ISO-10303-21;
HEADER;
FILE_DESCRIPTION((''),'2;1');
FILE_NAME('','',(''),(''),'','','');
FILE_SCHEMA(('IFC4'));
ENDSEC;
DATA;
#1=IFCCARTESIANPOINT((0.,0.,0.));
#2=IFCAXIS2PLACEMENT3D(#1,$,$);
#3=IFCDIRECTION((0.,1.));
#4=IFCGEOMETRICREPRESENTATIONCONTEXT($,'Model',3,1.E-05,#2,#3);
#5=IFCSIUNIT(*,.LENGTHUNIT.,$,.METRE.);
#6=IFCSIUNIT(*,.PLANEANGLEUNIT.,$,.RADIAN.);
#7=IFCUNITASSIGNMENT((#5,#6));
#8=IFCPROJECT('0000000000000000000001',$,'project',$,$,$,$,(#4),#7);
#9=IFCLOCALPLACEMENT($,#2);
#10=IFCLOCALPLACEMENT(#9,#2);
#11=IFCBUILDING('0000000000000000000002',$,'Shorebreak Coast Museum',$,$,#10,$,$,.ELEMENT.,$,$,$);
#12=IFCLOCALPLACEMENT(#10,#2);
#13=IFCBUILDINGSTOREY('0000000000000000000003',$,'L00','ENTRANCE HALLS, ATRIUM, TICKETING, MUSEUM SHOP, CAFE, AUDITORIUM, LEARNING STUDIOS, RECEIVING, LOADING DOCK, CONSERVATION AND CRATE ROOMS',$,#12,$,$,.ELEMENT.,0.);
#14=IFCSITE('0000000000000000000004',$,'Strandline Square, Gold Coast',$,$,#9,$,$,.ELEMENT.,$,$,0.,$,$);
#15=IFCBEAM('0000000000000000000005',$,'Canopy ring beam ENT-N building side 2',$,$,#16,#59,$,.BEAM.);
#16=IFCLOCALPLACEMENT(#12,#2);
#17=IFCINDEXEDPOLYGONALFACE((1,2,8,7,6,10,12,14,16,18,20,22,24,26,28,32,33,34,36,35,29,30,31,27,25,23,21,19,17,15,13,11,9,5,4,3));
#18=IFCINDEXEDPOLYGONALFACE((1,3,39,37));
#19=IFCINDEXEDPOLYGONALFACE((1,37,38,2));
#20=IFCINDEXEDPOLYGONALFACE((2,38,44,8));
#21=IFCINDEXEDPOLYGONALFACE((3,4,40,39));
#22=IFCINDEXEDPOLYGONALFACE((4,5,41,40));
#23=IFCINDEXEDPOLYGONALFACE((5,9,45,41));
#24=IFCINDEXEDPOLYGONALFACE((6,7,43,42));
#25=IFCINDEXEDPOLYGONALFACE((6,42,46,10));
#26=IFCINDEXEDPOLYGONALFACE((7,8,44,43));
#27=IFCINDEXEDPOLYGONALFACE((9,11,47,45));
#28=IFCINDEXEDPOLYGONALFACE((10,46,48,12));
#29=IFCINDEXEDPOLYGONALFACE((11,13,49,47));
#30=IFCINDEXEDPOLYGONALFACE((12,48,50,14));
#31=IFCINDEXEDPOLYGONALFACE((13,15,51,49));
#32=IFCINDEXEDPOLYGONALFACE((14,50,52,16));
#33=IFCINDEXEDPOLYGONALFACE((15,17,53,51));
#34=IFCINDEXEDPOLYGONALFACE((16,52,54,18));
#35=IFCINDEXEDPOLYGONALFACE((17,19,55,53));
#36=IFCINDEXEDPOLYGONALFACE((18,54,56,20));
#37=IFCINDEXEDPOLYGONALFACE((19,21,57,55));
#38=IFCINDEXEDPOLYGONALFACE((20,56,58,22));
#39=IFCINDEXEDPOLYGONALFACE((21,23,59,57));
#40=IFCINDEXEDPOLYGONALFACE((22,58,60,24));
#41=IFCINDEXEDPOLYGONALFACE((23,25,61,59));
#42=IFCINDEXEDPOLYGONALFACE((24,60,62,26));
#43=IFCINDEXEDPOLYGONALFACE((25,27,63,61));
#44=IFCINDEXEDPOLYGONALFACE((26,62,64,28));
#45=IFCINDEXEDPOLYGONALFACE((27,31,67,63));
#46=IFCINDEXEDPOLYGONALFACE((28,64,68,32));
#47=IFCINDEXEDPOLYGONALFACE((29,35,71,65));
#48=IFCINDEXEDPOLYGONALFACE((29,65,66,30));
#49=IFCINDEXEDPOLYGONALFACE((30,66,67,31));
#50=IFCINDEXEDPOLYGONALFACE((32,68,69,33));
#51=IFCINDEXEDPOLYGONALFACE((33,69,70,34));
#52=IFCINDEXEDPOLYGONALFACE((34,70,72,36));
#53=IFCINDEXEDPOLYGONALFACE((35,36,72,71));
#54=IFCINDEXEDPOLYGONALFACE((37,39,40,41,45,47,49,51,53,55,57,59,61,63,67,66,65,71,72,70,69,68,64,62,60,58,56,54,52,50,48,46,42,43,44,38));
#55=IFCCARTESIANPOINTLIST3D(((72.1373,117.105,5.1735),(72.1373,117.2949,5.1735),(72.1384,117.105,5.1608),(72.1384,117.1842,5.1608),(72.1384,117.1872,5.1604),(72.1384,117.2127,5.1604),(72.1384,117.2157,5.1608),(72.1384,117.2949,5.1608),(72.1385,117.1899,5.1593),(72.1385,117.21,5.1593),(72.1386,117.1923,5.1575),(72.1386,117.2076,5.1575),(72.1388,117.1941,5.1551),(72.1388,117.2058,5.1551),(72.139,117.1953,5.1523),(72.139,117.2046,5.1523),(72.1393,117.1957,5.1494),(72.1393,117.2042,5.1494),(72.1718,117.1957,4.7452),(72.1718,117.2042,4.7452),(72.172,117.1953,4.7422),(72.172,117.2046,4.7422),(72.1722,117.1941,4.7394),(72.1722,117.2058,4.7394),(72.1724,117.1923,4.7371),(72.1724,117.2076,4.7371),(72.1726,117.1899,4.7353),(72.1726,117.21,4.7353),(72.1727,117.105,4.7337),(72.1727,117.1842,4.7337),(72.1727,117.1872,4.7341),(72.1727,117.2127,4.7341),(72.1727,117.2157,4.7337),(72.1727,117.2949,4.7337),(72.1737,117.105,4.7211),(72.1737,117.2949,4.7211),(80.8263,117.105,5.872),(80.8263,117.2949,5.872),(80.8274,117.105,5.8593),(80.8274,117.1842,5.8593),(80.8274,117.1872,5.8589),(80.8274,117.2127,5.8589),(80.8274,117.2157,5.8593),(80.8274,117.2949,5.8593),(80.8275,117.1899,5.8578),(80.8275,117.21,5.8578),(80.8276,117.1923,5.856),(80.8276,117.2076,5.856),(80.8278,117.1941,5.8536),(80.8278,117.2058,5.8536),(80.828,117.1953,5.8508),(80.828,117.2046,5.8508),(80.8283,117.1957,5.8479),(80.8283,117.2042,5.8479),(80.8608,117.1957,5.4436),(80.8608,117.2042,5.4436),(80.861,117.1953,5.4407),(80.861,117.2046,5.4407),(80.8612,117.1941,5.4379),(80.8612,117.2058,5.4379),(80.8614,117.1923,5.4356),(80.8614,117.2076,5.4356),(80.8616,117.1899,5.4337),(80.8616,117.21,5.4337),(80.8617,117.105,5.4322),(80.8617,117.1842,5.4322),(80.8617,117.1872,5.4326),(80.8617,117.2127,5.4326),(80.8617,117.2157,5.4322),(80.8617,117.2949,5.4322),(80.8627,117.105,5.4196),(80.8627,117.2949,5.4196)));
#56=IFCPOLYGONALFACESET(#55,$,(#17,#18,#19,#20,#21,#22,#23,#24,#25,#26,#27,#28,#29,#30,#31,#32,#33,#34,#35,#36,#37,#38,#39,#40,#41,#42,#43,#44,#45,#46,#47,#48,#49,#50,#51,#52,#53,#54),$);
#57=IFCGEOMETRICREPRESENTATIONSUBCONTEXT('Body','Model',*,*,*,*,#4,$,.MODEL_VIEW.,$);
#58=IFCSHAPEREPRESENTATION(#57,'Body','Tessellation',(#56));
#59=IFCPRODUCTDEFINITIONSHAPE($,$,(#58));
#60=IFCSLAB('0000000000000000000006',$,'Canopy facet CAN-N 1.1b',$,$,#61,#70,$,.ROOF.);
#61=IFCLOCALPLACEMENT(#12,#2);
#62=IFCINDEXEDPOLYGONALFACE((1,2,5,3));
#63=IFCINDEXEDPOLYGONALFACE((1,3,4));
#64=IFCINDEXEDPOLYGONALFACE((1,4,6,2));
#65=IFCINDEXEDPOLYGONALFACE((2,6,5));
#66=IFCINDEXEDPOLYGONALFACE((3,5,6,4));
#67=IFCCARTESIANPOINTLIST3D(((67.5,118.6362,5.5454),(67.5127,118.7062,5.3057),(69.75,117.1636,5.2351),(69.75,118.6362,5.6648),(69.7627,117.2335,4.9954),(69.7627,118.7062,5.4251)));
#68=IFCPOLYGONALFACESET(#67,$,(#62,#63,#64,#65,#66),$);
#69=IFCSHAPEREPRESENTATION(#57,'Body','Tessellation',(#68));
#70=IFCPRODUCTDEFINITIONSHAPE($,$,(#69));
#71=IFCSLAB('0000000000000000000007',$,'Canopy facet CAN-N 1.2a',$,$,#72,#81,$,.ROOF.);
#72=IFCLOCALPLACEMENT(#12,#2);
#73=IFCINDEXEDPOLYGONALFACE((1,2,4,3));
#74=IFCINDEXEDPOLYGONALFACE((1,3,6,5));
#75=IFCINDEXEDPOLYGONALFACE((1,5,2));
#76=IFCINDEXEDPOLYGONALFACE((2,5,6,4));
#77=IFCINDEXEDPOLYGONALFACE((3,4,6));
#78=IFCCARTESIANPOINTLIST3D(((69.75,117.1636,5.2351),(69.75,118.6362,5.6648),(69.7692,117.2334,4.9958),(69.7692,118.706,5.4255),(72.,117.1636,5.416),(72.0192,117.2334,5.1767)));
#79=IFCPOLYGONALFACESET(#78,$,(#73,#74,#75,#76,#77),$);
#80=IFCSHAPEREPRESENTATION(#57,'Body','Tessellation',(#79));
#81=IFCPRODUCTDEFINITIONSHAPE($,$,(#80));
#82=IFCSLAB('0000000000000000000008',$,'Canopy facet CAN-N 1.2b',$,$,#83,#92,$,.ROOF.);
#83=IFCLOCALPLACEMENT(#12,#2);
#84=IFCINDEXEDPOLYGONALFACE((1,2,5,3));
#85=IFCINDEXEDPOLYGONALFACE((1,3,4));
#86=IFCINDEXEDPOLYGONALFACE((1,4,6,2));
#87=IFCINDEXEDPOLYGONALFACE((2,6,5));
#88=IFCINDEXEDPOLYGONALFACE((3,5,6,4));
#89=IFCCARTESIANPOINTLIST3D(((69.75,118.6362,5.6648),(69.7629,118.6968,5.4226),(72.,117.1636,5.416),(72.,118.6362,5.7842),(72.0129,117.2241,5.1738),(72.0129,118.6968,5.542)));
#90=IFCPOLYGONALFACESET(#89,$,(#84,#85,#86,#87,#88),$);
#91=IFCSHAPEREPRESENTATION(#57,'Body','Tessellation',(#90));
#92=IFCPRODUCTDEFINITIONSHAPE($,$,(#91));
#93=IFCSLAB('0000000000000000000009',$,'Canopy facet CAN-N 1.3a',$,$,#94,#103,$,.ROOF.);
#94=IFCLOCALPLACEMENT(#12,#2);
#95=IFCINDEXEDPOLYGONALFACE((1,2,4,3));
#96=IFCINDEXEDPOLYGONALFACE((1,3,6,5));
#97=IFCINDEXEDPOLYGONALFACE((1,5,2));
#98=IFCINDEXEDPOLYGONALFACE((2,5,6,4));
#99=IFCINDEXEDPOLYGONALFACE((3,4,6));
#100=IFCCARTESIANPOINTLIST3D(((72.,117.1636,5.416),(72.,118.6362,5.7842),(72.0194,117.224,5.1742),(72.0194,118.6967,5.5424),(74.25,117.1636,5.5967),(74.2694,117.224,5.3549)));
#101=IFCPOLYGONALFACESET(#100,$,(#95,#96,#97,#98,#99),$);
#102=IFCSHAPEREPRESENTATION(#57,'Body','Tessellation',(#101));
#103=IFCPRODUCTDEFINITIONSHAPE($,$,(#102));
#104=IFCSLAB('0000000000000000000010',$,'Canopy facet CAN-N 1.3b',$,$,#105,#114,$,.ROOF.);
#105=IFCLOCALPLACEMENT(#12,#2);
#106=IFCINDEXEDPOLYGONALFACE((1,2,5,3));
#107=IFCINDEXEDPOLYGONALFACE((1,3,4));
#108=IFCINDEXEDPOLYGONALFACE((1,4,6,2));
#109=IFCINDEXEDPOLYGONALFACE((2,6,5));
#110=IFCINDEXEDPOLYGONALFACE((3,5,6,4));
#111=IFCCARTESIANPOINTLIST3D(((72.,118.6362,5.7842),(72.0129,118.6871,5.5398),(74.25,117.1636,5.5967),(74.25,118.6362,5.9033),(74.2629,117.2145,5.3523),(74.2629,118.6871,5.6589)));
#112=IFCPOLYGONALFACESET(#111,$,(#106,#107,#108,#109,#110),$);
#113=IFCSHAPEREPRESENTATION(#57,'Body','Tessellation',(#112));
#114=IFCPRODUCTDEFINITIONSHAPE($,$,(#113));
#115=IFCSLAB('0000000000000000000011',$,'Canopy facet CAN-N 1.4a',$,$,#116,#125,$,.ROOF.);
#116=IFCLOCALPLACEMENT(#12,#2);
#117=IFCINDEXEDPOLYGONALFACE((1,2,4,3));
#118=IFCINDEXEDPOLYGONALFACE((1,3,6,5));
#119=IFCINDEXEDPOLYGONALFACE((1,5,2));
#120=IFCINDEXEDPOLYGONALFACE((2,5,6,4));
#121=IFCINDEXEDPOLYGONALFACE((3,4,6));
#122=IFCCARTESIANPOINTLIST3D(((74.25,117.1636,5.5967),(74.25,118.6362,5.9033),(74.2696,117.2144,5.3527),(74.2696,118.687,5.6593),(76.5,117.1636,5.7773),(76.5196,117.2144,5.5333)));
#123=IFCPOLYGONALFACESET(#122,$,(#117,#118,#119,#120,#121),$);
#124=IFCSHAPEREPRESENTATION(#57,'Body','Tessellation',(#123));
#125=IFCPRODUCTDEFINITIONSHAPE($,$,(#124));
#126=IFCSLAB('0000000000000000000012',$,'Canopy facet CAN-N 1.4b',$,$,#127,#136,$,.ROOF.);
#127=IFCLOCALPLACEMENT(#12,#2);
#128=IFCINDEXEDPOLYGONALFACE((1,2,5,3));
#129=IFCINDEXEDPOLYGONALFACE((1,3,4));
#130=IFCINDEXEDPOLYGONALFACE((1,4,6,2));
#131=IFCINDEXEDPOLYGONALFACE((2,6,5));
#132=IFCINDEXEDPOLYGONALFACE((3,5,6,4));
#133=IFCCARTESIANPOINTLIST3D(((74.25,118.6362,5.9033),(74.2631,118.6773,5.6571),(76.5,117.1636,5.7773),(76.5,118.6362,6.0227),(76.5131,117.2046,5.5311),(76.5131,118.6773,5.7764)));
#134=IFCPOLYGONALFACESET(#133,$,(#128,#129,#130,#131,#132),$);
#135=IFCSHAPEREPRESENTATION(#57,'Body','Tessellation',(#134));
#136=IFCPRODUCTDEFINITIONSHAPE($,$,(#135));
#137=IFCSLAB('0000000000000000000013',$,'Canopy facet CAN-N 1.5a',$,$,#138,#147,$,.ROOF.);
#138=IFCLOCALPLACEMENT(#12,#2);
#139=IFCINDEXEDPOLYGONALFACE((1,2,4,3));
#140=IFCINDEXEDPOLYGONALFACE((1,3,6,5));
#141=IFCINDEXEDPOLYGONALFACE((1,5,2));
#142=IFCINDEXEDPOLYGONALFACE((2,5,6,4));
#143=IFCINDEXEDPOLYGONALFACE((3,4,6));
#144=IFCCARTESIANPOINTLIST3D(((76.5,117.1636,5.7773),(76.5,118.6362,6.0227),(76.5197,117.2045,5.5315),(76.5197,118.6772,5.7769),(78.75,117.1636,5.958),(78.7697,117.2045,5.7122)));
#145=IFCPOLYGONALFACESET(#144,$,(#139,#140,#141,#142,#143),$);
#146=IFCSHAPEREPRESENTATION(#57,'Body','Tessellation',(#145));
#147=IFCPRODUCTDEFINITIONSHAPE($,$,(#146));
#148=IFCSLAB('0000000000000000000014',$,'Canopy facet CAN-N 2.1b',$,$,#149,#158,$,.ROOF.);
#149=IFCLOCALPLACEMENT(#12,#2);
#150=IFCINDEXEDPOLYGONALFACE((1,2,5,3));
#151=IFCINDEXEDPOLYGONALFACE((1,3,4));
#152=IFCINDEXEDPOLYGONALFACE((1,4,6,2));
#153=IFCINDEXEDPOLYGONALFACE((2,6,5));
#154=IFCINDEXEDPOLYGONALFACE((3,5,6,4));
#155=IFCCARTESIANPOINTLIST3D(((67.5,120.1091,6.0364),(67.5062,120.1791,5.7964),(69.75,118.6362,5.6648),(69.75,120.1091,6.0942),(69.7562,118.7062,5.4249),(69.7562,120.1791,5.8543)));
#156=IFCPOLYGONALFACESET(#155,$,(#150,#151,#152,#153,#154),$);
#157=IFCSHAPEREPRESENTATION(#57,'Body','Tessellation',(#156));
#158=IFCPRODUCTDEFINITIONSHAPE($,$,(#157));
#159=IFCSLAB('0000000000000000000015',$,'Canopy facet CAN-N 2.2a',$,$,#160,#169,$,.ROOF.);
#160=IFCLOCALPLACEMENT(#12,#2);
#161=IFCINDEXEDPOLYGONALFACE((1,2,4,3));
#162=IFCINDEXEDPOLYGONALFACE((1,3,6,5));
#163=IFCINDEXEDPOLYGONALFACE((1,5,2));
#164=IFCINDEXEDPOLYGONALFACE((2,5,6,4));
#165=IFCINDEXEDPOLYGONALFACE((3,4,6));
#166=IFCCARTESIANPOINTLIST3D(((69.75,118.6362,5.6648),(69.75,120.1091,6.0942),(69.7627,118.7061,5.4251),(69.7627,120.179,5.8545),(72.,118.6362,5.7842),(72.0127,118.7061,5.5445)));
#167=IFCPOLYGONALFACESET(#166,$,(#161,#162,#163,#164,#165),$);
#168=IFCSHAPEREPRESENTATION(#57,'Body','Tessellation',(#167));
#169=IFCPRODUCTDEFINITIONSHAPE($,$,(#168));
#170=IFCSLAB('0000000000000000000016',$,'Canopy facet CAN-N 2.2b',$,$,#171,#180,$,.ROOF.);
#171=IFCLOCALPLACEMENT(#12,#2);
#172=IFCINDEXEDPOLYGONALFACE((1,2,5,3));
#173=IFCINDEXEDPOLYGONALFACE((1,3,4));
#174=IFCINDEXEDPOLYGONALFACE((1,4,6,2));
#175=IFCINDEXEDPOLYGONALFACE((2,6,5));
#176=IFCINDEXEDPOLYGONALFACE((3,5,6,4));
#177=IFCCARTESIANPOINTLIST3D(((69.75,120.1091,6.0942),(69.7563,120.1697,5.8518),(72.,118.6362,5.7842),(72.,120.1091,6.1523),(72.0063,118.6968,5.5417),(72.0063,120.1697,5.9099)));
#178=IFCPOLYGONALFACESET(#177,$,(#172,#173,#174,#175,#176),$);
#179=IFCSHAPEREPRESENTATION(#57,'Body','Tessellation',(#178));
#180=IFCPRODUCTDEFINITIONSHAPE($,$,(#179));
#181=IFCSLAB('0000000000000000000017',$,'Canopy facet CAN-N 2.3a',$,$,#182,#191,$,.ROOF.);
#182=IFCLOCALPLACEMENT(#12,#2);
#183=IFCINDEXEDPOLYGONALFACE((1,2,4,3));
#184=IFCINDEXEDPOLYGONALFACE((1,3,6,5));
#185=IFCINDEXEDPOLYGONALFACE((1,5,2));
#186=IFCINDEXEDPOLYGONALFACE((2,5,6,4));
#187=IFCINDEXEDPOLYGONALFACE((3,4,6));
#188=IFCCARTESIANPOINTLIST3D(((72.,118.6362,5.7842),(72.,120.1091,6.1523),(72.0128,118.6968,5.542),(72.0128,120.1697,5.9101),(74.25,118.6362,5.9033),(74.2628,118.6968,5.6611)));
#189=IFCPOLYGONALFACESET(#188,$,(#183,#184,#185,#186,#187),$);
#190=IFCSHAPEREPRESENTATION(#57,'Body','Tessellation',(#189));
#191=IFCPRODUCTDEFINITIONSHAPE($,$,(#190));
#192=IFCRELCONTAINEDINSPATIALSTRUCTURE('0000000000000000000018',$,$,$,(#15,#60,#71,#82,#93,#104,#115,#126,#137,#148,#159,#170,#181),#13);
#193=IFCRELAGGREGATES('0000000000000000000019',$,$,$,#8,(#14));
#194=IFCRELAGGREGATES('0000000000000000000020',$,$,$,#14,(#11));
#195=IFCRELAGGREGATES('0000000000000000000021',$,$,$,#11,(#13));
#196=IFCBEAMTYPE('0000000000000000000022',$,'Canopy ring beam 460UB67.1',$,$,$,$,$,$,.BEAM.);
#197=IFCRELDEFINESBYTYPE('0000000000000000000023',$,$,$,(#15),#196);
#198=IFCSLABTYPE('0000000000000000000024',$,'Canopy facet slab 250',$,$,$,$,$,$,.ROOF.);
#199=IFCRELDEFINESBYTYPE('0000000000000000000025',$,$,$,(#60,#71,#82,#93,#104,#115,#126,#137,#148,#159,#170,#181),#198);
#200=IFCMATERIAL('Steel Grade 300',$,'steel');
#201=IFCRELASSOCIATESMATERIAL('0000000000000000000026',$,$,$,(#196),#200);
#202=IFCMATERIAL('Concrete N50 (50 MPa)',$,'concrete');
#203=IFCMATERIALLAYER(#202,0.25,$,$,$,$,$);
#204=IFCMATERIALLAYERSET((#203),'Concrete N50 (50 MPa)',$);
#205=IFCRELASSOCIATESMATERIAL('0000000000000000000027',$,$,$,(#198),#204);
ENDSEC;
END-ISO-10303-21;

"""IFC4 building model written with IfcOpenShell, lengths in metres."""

from ifc_helpers import new_model, si_unit, direction, frame, origin, origin_2d, place, context, subcontext, project, spatial, polyline, i_section, outline, extrude, material, layer, layer_set, material_profile, profile_set, type_object, element, save


model = new_model("IFC4")

# Units and contexts
model_context = context("Model", 3, precision=1e-05, world=origin(), true_north=direction((0.0, 1.0)))
body_context = subcontext(model_context, "Body", "Model", "MODEL_VIEW")
ifc_project = project(units=[si_unit("LENGTHUNIT", "METRE"), si_unit("PLANEANGLEUNIT", "RADIAN")], contexts=[model_context])

# Site, building, storey
site_placement = place(None, origin())
site = spatial("IfcSite", under=ifc_project, at=site_placement, Name="Strandline Square, Gold Coast", CompositionType="ELEMENT", RefElevation=0.0)
building_placement = place(site_placement, origin())
building = spatial("IfcBuilding", under=site, at=building_placement, Name="Shorebreak Coast Museum", CompositionType="ELEMENT")
storey_placement = place(building_placement, origin())
storey = spatial("IfcBuildingStorey", under=building, at=storey_placement, Name="L00", Description="ENTRANCE HALLS, ATRIUM, TICKETING, MUSEUM SHOP, CAFE, AUDITORIUM, LEARNING STUDIOS, RECEIVING, LOADING DOCK, CONSERVATION AND CRATE ROOMS", CompositionType="ELEMENT", Elevation=0.0)

# Beam
ifc_material_1 = material(Name="Steel Grade 300", Category="steel")
ifc_material_profile_1 = material_profile(ifc_material_1, i_section(OverallWidth=0.1899, OverallDepth=0.4539, WebThickness=0.0085, FlangeThickness=0.0127, FilletRadius=0.0115, at=origin_2d()), Name="460UB67.1")
ifc_profile_set_1 = profile_set([ifc_material_profile_1], Name="Steel Grade 300")
beam_type_1 = type_object("IfcBeamType", Name="Canopy ring beam 460UB67.1", PredefinedType="BEAM", material=ifc_profile_set_1)
beam_1_placement = place(storey_placement, frame((72.1555, 117.2, 4.9473), z_axis=(0.996784, 0.0, 0.080129), x_axis=(0.0, 1.0, 0.0)))
element("IfcBeam", 1, at=beam_1_placement, inside=storey, type_object=beam_type_1, Name="Canopy ring beam ENT-N building side 2", PredefinedType="BEAM", context=body_context, shape_type="SweptSolid", body=[
    extrude(i_section(OverallWidth=0.1899, OverallDepth=0.4539, WebThickness=0.0085, FlangeThickness=0.0127, FilletRadius=0.0115, at=origin_2d()), origin(), (0.0, 0.0, 1.0), 8.717),
])

# Slabs
ifc_material_2 = material(Name="Concrete N50 (50 MPa)", Category="concrete")
ifc_layer_1 = layer(ifc_material_2, 0.25)
ifc_layer_set_1 = layer_set([ifc_layer_1], Name="Concrete N50 (50 MPa)")
slab_type = type_object("IfcSlabType", Name="Canopy facet slab 250", PredefinedType="ROOF", material=ifc_layer_set_1)
slab_1_placement = place(storey_placement, frame((69.75, 117.1636, 5.2351), z_axis=(-0.05087, -0.279735, 0.958729), x_axis=(0.0, 0.959971, 0.280098)))
element("IfcSlab", 2, at=slab_1_placement, inside=storey, type_object=slab_type, Name="Canopy facet CAN-N 1.1b", PredefinedType="ROOF", context=body_context, shape_type="SweptSolid", body=[
    extrude(outline(polyline([(0.0, 0.0), (1.5341, 0.0), (1.5006, 2.2529), (0.0, 0.0)])), origin(), (0.0, 0.0, -1.0), 0.25),
])
slab_2_placement = place(storey_placement, frame((69.75, 117.1636, 5.2351), z_axis=(-0.076956, -0.279267, 0.957125), x_axis=(0.996783, 0.0, 0.080145)))
element("IfcSlab", 3, at=slab_2_placement, inside=storey, type_object=slab_type, Name="Canopy facet CAN-N 1.2a", PredefinedType="ROOF", context=body_context, shape_type="SweptSolid", body=[
    extrude(outline(polyline([(0.0, 0.0), (2.2573, 0.0), (0.0344, 1.5337), (0.0, 0.0)])), origin(), (0.0, 0.0, -1.0), 0.25),
])
slab_3_placement = place(storey_placement, frame((72.0, 117.1636, 5.416), z_axis=(-0.051408, -0.242215, 0.96886), x_axis=(0.0, 0.970143, 0.242536)))
element("IfcSlab", 4, at=slab_3_placement, inside=storey, type_object=slab_type, Name="Canopy facet CAN-N 1.2b", PredefinedType="ROOF", context=body_context, shape_type="SweptSolid", body=[
    extrude(outline(polyline([(0.0, 0.0), (1.518, 0.0), (1.489, 2.253), (0.0, 0.0)])), origin(), (0.0, 0.0, -1.0), 0.25),
])
slab_4_placement = place(storey_placement, frame((72.0, 117.1636, 5.416), z_axis=(-0.077662, -0.241803, 0.967212), x_axis=(0.996792, 0.0, 0.080038)))
element("IfcSlab", 5, at=slab_4_placement, inside=storey, type_object=slab_type, Name="Canopy facet CAN-N 1.3a", PredefinedType="ROOF", context=body_context, shape_type="SweptSolid", body=[
    extrude(outline(polyline([(0.0, 0.0), (2.2572, 0.0), (0.0295, 1.5177), (0.0, 0.0)])), origin(), (0.0, 0.0, -1.0), 0.25),
])
slab_5_placement = place(storey_placement, frame((74.25, 117.1636, 5.5967), z_axis=(-0.05177, -0.203577, 0.977689), x_axis=(0.0, 0.979002, 0.203851)))
element("IfcSlab", 6, at=slab_5_placement, inside=storey, type_object=slab_type, Name="Canopy facet CAN-N 1.3b", PredefinedType="ROOF", context=body_context, shape_type="SweptSolid", body=[
    extrude(outline(polyline([(0.0, 0.0), (1.5042, 0.0), (1.48, 2.253), (0.0, 0.0)])), origin(), (0.0, 0.0, -1.0), 0.25),
])
slab_6_placement = place(storey_placement, frame((74.25, 117.1636, 5.5967), z_axis=(-0.078367, -0.203224, 0.975991), x_axis=(0.996792, 0.0, 0.080038)))
element("IfcSlab", 7, at=slab_6_placement, inside=storey, type_object=slab_type, Name="Canopy facet CAN-N 1.4a", PredefinedType="ROOF", context=body_context, shape_type="SweptSolid", body=[
    extrude(outline(polyline([(0.0, 0.0), (2.2572, 0.0), (0.0245, 1.504), (0.0, 0.0)])), origin(), (0.0, 0.0, -1.0), 0.25),
])
slab_7_placement = place(storey_placement, frame((76.5, 117.1636, 5.7773), z_axis=(-0.052267, -0.164121, 0.985054), x_axis=(0.0, 0.986403, 0.164346)))
element("IfcSlab", 8, at=slab_7_placement, inside=storey, type_object=slab_type, Name="Canopy facet CAN-N 1.4b", PredefinedType="ROOF", context=body_context, shape_type="SweptSolid", body=[
    extrude(outline(polyline([(0.0, 0.0), (1.493, 0.0), (1.4733, 2.2531), (0.0, 0.0)])), origin(), (0.0, 0.0, -1.0), 0.25),
])
slab_8_placement = place(storey_placement, frame((76.5, 117.1636, 5.7773), z_axis=(-0.078956, -0.163833, 0.983323), x_axis=(0.996792, 0.0, 0.080038)))
element("IfcSlab", 9, at=slab_8_placement, inside=storey, type_object=slab_type, Name="Canopy facet CAN-N 1.5a", PredefinedType="ROOF", context=body_context, shape_type="SweptSolid", body=[
    extrude(outline(polyline([(0.0, 0.0), (2.2572, 0.0), (0.0196, 1.4928), (0.0, 0.0)])), origin(), (0.0, 0.0, -1.0), 0.25),
])
slab_9_placement = place(storey_placement, frame((69.75, 118.6362, 5.6648), z_axis=(-0.024681, -0.279823, 0.959734), x_axis=(0.0, 0.960027, 0.279908)))
element("IfcSlab", 10, at=slab_9_placement, inside=storey, type_object=slab_type, Name="Canopy facet CAN-N 2.1b", PredefinedType="ROOF", context=body_context, shape_type="SweptSolid", body=[
    extrude(outline(polyline([(0.0, 0.0), (1.5342, 0.0), (1.518, 2.2507), (0.0, 0.0)])), origin(), (0.0, 0.0, -1.0), 0.25),
])
slab_10_placement = place(storey_placement, frame((69.75, 118.6362, 5.6648), z_axis=(-0.050873, -0.279546, 0.958784), x_axis=(0.998595, 0.0, 0.052985)))
element("IfcSlab", 11, at=slab_10_placement, inside=storey, type_object=slab_type, Name="Canopy facet CAN-N 2.2a", PredefinedType="ROOF", context=body_context, shape_type="SweptSolid", body=[
    extrude(outline(polyline([(0.0, 0.0), (2.2532, 0.0), (0.0228, 1.5341), (0.0, 0.0)])), origin(), (0.0, 0.0, -1.0), 0.25),
])
slab_11_placement = place(storey_placement, frame((72.0, 118.6362, 5.7842), z_axis=(-0.025046, -0.242422, 0.969848), x_axis=(0.0, 0.970152, 0.242498)))
element("IfcSlab", 12, at=slab_11_placement, inside=storey, type_object=slab_type, Name="Canopy facet CAN-N 2.2b", PredefinedType="ROOF", context=body_context, shape_type="SweptSolid", body=[
    extrude(outline(polyline([(0.0, 0.0), (1.5182, 0.0), (1.5041, 2.2507), (0.0, 0.0)])), origin(), (0.0, 0.0, -1.0), 0.25),
])
slab_12_placement = place(storey_placement, frame((72.0, 118.6362, 5.7842), z_axis=(-0.051303, -0.242178, 0.968874), x_axis=(0.998601, 0.0, 0.052877)))
element("IfcSlab", 13, at=slab_12_placement, inside=storey, type_object=slab_type, Name="Canopy facet CAN-N 2.3a", PredefinedType="ROOF", context=body_context, shape_type="SweptSolid", body=[
    extrude(outline(polyline([(0.0, 0.0), (2.2532, 0.0), (0.0195, 1.5181), (0.0, 0.0)])), origin(), (0.0, 0.0, -1.0), 0.25),
])

save(model, "model.ifc")
